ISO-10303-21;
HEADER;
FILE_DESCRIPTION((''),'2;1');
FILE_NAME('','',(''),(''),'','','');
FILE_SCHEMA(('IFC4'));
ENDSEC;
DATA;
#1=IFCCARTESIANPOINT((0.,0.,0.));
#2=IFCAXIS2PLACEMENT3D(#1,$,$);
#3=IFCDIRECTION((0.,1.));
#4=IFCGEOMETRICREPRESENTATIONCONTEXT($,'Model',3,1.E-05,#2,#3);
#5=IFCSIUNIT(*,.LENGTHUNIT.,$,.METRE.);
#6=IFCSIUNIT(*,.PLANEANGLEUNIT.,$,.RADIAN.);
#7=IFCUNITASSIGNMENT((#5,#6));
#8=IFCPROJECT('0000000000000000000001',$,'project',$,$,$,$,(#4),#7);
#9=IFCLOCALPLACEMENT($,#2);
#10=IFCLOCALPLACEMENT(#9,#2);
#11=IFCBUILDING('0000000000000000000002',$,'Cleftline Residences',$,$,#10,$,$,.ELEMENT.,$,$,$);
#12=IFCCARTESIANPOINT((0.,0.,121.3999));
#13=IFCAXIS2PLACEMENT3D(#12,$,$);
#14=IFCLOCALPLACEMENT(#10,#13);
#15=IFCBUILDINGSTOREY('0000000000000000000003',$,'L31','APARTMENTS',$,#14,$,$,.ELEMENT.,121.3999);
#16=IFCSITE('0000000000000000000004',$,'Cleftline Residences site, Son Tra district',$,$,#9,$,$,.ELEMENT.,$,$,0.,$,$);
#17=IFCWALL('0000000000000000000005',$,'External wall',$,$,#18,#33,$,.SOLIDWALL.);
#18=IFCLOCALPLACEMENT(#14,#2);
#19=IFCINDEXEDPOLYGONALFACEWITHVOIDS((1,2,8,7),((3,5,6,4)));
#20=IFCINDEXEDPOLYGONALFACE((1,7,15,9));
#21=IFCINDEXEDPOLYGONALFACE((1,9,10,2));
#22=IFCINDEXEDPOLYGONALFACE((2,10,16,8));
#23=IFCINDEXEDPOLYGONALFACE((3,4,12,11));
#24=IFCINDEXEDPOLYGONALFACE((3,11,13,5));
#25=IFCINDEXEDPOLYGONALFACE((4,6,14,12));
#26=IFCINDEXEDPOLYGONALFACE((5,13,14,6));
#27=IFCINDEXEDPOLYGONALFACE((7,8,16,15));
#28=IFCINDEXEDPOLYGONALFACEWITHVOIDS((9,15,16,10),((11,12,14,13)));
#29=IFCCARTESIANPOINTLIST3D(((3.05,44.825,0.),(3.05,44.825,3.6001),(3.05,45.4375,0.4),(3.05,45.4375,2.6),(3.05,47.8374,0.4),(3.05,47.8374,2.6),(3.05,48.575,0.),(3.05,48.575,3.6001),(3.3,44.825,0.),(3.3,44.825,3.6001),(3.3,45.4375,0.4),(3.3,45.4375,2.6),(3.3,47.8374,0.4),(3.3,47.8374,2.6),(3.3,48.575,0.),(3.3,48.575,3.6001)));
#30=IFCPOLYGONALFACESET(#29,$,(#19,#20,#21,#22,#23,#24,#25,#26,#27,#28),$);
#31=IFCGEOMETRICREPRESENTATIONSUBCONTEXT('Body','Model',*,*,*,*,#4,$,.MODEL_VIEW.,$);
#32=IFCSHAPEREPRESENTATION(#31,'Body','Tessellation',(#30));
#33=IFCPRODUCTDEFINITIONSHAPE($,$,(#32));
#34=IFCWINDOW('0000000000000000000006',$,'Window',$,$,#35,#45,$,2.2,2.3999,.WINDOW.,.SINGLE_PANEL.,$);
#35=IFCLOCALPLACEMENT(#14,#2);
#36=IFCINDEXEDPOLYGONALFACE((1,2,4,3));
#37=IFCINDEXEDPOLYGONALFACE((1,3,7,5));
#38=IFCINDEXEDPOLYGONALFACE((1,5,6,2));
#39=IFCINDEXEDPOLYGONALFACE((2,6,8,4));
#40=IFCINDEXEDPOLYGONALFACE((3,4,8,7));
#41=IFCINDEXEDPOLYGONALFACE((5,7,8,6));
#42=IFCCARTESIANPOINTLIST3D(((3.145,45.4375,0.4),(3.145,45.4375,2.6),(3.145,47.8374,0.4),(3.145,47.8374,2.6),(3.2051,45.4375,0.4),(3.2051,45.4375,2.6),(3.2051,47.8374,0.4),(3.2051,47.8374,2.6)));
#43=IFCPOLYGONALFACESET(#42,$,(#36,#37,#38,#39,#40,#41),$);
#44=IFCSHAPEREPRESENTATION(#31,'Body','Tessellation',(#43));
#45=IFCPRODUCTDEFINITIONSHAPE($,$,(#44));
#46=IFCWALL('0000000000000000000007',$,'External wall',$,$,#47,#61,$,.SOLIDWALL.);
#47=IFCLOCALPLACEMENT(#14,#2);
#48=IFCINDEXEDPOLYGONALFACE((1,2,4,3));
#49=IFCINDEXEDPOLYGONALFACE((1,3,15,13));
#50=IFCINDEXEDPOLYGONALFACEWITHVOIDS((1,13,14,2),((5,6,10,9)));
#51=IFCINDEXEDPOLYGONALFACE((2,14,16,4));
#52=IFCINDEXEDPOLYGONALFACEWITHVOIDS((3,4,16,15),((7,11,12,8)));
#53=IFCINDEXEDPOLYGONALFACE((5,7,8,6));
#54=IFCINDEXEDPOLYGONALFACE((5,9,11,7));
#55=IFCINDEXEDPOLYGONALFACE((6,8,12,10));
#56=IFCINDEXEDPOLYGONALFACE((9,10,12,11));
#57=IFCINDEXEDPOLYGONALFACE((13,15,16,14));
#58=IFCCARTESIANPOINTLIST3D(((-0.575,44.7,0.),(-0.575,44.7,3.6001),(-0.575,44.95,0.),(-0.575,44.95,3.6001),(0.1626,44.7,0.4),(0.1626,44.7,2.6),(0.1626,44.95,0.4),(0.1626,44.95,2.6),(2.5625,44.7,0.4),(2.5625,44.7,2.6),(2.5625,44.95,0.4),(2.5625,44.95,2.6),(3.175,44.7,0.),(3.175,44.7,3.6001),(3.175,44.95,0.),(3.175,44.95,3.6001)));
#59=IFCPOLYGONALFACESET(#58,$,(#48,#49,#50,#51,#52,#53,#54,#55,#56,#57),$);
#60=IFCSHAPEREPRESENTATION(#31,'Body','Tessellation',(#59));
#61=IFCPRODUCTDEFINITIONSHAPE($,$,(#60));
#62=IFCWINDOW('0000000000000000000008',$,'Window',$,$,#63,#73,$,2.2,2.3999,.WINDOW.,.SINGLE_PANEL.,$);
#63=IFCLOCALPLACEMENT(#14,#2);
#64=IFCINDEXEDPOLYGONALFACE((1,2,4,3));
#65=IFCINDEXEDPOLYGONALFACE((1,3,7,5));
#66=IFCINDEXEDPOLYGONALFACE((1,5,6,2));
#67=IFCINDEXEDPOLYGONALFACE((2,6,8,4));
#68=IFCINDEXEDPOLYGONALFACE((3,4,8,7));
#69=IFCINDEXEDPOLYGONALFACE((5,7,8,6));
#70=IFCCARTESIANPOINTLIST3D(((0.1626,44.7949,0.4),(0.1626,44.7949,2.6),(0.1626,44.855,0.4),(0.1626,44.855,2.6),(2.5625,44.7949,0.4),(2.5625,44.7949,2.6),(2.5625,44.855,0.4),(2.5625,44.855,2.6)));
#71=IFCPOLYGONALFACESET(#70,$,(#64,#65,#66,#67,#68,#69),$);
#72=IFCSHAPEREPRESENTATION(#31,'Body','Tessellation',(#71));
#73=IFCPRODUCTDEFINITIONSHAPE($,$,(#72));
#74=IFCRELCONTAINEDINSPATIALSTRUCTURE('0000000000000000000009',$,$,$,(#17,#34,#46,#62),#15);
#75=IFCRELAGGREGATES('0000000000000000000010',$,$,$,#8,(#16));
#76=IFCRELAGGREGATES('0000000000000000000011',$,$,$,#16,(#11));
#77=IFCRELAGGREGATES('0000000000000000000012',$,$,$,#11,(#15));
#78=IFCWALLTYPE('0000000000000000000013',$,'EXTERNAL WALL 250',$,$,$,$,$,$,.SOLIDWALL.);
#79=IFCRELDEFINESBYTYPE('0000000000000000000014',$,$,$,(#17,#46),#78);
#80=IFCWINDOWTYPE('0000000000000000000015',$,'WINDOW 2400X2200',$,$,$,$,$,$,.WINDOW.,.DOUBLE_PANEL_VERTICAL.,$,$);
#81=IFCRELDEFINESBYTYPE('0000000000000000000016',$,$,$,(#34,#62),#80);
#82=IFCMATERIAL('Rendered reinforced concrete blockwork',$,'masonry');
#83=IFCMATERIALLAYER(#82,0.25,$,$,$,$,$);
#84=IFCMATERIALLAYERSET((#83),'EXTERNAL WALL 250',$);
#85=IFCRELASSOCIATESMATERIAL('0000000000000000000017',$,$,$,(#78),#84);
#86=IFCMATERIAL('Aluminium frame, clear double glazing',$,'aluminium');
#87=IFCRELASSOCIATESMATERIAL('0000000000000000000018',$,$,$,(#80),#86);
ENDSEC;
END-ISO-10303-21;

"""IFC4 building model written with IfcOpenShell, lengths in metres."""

from ifc_helpers import new_model, si_unit, direction, frame, frame_2d, origin, place, context, subcontext, project, spatial, rectangle, extrude, material, layer, layer_set, type_object, element, fill, save


model = new_model("IFC4")

# Units and contexts
model_context = context("Model", 3, precision=1e-05, world=origin(), true_north=direction((0.0, 1.0)))
body_context = subcontext(model_context, "Body", "Model", "MODEL_VIEW")
ifc_project = project(units=[si_unit("LENGTHUNIT", "METRE"), si_unit("PLANEANGLEUNIT", "RADIAN")], contexts=[model_context])

# Site, building, storey
site_placement = place(None, origin())
site = spatial("IfcSite", under=ifc_project, at=site_placement, Name="Cleftline Residences site, Son Tra district", CompositionType="ELEMENT", RefElevation=0.0)
building_placement = place(site_placement, origin())
building = spatial("IfcBuilding", under=site, at=building_placement, Name="Cleftline Residences", CompositionType="ELEMENT")
storey_placement = place(building_placement, frame((0.0, 0.0, 121.3999)))
storey = spatial("IfcBuildingStorey", under=building, at=storey_placement, Name="L31", Description="APARTMENTS", CompositionType="ELEMENT", Elevation=121.3999)

# Walls, openings, windows
ifc_material_1 = material(Name="Rendered reinforced concrete blockwork", Category="masonry")
ifc_layer_1 = layer(ifc_material_1, 0.25)
ifc_layer_set_1 = layer_set([ifc_layer_1], Name="EXTERNAL WALL 250")
wall_type_1 = type_object("IfcWallType", Name="EXTERNAL WALL 250", PredefinedType="SOLIDWALL", material=ifc_layer_set_1)
wall_1_placement = place(storey_placement, frame((3.175, 48.575, 0.0), z_axis=(0.0, 0.0, 1.0), x_axis=(0.0, -1.0, 0.0)))
wall_1 = element("IfcWall", 1, at=wall_1_placement, inside=storey, type_object=wall_type_1, Name="External wall", PredefinedType="SOLIDWALL", context=body_context, shape_type="SweptSolid", body=[
    extrude(rectangle(XDim=3.75, YDim=0.25, at=frame_2d((1.875, 0.0))), origin(), (0.0, 0.0, 1.0), 3.6001),
])
opening_1_placement = place(wall_1_placement, frame((0.7375, 0.0, 0.3999)))
opening_1 = element("IfcOpeningElement", 2, at=opening_1_placement, cuts=wall_1, PredefinedType="OPENING", context=body_context, shape_type="SweptSolid", body=[
    extrude(rectangle(XDim=2.3999, YDim=2.2, at=frame_2d((1.2, 1.1001))), frame((0.0, 0.135, 0.0), z_axis=(0.0, -1.0, 0.0), x_axis=(1.0, 0.0, 0.0)), (0.0, 0.0, 1.0), 0.27),
])
ifc_material_2 = material(Name="Aluminium frame, clear double glazing", Category="aluminium")
window_type_1 = type_object("IfcWindowType", Name="WINDOW 2400X2200", PartitioningType="DOUBLE_PANEL_VERTICAL", PredefinedType="WINDOW", material=ifc_material_2)
window_1_placement = place(opening_1_placement, origin())
window_1 = element("IfcWindow", 3, at=window_1_placement, inside=storey, type_object=window_type_1, Name="Window", OverallHeight=2.2, OverallWidth=2.3999, PartitioningType="SINGLE_PANEL", PredefinedType="WINDOW", context=body_context, shape_type="SweptSolid", body=[
    extrude(rectangle(XDim=2.3999, YDim=2.2, at=frame_2d((1.2, 1.1001))), frame((0.0, 0.03, 0.0), z_axis=(0.0, -1.0, 0.0), x_axis=(1.0, 0.0, 0.0)), (0.0, 0.0, 1.0), 0.0601),
])
fill(opening_1, window_1)
wall_2_placement = place(storey_placement, frame((3.175, 44.825, 0.0), z_axis=(0.0, 0.0, 1.0), x_axis=(-1.0, 0.0, 0.0)))
wall_2 = element("IfcWall", 4, at=wall_2_placement, inside=storey, type_object=wall_type_1, Name="External wall", PredefinedType="SOLIDWALL", context=body_context, shape_type="SweptSolid", body=[
    extrude(rectangle(XDim=3.75, YDim=0.25, at=frame_2d((1.875, 0.0))), origin(), (0.0, 0.0, 1.0), 3.6001),
])
opening_2_placement = place(wall_2_placement, frame((0.6125, 0.0, 0.3999)))
opening_2 = element("IfcOpeningElement", 5, at=opening_2_placement, cuts=wall_2, PredefinedType="OPENING", context=body_context, shape_type="SweptSolid", body=[
    extrude(rectangle(XDim=2.3999, YDim=2.2, at=frame_2d((1.2, 1.1001))), frame((0.0, 0.135, 0.0), z_axis=(0.0, -1.0, 0.0), x_axis=(1.0, 0.0, 0.0)), (0.0, 0.0, 1.0), 0.27),
])
window_2_placement = place(opening_2_placement, origin())
window_2 = element("IfcWindow", 6, at=window_2_placement, inside=storey, type_object=window_type_1, Name="Window", OverallHeight=2.2, OverallWidth=2.3999, PartitioningType="SINGLE_PANEL", PredefinedType="WINDOW", context=body_context, shape_type="SweptSolid", body=[
    extrude(rectangle(XDim=2.3999, YDim=2.2, at=frame_2d((1.2, 1.1001))), frame((0.0, 0.03, 0.0), z_axis=(0.0, -1.0, 0.0), x_axis=(1.0, 0.0, 0.0)), (0.0, 0.0, 1.0), 0.0601),
])
fill(opening_2, window_2)

save(model, "model.ifc")
